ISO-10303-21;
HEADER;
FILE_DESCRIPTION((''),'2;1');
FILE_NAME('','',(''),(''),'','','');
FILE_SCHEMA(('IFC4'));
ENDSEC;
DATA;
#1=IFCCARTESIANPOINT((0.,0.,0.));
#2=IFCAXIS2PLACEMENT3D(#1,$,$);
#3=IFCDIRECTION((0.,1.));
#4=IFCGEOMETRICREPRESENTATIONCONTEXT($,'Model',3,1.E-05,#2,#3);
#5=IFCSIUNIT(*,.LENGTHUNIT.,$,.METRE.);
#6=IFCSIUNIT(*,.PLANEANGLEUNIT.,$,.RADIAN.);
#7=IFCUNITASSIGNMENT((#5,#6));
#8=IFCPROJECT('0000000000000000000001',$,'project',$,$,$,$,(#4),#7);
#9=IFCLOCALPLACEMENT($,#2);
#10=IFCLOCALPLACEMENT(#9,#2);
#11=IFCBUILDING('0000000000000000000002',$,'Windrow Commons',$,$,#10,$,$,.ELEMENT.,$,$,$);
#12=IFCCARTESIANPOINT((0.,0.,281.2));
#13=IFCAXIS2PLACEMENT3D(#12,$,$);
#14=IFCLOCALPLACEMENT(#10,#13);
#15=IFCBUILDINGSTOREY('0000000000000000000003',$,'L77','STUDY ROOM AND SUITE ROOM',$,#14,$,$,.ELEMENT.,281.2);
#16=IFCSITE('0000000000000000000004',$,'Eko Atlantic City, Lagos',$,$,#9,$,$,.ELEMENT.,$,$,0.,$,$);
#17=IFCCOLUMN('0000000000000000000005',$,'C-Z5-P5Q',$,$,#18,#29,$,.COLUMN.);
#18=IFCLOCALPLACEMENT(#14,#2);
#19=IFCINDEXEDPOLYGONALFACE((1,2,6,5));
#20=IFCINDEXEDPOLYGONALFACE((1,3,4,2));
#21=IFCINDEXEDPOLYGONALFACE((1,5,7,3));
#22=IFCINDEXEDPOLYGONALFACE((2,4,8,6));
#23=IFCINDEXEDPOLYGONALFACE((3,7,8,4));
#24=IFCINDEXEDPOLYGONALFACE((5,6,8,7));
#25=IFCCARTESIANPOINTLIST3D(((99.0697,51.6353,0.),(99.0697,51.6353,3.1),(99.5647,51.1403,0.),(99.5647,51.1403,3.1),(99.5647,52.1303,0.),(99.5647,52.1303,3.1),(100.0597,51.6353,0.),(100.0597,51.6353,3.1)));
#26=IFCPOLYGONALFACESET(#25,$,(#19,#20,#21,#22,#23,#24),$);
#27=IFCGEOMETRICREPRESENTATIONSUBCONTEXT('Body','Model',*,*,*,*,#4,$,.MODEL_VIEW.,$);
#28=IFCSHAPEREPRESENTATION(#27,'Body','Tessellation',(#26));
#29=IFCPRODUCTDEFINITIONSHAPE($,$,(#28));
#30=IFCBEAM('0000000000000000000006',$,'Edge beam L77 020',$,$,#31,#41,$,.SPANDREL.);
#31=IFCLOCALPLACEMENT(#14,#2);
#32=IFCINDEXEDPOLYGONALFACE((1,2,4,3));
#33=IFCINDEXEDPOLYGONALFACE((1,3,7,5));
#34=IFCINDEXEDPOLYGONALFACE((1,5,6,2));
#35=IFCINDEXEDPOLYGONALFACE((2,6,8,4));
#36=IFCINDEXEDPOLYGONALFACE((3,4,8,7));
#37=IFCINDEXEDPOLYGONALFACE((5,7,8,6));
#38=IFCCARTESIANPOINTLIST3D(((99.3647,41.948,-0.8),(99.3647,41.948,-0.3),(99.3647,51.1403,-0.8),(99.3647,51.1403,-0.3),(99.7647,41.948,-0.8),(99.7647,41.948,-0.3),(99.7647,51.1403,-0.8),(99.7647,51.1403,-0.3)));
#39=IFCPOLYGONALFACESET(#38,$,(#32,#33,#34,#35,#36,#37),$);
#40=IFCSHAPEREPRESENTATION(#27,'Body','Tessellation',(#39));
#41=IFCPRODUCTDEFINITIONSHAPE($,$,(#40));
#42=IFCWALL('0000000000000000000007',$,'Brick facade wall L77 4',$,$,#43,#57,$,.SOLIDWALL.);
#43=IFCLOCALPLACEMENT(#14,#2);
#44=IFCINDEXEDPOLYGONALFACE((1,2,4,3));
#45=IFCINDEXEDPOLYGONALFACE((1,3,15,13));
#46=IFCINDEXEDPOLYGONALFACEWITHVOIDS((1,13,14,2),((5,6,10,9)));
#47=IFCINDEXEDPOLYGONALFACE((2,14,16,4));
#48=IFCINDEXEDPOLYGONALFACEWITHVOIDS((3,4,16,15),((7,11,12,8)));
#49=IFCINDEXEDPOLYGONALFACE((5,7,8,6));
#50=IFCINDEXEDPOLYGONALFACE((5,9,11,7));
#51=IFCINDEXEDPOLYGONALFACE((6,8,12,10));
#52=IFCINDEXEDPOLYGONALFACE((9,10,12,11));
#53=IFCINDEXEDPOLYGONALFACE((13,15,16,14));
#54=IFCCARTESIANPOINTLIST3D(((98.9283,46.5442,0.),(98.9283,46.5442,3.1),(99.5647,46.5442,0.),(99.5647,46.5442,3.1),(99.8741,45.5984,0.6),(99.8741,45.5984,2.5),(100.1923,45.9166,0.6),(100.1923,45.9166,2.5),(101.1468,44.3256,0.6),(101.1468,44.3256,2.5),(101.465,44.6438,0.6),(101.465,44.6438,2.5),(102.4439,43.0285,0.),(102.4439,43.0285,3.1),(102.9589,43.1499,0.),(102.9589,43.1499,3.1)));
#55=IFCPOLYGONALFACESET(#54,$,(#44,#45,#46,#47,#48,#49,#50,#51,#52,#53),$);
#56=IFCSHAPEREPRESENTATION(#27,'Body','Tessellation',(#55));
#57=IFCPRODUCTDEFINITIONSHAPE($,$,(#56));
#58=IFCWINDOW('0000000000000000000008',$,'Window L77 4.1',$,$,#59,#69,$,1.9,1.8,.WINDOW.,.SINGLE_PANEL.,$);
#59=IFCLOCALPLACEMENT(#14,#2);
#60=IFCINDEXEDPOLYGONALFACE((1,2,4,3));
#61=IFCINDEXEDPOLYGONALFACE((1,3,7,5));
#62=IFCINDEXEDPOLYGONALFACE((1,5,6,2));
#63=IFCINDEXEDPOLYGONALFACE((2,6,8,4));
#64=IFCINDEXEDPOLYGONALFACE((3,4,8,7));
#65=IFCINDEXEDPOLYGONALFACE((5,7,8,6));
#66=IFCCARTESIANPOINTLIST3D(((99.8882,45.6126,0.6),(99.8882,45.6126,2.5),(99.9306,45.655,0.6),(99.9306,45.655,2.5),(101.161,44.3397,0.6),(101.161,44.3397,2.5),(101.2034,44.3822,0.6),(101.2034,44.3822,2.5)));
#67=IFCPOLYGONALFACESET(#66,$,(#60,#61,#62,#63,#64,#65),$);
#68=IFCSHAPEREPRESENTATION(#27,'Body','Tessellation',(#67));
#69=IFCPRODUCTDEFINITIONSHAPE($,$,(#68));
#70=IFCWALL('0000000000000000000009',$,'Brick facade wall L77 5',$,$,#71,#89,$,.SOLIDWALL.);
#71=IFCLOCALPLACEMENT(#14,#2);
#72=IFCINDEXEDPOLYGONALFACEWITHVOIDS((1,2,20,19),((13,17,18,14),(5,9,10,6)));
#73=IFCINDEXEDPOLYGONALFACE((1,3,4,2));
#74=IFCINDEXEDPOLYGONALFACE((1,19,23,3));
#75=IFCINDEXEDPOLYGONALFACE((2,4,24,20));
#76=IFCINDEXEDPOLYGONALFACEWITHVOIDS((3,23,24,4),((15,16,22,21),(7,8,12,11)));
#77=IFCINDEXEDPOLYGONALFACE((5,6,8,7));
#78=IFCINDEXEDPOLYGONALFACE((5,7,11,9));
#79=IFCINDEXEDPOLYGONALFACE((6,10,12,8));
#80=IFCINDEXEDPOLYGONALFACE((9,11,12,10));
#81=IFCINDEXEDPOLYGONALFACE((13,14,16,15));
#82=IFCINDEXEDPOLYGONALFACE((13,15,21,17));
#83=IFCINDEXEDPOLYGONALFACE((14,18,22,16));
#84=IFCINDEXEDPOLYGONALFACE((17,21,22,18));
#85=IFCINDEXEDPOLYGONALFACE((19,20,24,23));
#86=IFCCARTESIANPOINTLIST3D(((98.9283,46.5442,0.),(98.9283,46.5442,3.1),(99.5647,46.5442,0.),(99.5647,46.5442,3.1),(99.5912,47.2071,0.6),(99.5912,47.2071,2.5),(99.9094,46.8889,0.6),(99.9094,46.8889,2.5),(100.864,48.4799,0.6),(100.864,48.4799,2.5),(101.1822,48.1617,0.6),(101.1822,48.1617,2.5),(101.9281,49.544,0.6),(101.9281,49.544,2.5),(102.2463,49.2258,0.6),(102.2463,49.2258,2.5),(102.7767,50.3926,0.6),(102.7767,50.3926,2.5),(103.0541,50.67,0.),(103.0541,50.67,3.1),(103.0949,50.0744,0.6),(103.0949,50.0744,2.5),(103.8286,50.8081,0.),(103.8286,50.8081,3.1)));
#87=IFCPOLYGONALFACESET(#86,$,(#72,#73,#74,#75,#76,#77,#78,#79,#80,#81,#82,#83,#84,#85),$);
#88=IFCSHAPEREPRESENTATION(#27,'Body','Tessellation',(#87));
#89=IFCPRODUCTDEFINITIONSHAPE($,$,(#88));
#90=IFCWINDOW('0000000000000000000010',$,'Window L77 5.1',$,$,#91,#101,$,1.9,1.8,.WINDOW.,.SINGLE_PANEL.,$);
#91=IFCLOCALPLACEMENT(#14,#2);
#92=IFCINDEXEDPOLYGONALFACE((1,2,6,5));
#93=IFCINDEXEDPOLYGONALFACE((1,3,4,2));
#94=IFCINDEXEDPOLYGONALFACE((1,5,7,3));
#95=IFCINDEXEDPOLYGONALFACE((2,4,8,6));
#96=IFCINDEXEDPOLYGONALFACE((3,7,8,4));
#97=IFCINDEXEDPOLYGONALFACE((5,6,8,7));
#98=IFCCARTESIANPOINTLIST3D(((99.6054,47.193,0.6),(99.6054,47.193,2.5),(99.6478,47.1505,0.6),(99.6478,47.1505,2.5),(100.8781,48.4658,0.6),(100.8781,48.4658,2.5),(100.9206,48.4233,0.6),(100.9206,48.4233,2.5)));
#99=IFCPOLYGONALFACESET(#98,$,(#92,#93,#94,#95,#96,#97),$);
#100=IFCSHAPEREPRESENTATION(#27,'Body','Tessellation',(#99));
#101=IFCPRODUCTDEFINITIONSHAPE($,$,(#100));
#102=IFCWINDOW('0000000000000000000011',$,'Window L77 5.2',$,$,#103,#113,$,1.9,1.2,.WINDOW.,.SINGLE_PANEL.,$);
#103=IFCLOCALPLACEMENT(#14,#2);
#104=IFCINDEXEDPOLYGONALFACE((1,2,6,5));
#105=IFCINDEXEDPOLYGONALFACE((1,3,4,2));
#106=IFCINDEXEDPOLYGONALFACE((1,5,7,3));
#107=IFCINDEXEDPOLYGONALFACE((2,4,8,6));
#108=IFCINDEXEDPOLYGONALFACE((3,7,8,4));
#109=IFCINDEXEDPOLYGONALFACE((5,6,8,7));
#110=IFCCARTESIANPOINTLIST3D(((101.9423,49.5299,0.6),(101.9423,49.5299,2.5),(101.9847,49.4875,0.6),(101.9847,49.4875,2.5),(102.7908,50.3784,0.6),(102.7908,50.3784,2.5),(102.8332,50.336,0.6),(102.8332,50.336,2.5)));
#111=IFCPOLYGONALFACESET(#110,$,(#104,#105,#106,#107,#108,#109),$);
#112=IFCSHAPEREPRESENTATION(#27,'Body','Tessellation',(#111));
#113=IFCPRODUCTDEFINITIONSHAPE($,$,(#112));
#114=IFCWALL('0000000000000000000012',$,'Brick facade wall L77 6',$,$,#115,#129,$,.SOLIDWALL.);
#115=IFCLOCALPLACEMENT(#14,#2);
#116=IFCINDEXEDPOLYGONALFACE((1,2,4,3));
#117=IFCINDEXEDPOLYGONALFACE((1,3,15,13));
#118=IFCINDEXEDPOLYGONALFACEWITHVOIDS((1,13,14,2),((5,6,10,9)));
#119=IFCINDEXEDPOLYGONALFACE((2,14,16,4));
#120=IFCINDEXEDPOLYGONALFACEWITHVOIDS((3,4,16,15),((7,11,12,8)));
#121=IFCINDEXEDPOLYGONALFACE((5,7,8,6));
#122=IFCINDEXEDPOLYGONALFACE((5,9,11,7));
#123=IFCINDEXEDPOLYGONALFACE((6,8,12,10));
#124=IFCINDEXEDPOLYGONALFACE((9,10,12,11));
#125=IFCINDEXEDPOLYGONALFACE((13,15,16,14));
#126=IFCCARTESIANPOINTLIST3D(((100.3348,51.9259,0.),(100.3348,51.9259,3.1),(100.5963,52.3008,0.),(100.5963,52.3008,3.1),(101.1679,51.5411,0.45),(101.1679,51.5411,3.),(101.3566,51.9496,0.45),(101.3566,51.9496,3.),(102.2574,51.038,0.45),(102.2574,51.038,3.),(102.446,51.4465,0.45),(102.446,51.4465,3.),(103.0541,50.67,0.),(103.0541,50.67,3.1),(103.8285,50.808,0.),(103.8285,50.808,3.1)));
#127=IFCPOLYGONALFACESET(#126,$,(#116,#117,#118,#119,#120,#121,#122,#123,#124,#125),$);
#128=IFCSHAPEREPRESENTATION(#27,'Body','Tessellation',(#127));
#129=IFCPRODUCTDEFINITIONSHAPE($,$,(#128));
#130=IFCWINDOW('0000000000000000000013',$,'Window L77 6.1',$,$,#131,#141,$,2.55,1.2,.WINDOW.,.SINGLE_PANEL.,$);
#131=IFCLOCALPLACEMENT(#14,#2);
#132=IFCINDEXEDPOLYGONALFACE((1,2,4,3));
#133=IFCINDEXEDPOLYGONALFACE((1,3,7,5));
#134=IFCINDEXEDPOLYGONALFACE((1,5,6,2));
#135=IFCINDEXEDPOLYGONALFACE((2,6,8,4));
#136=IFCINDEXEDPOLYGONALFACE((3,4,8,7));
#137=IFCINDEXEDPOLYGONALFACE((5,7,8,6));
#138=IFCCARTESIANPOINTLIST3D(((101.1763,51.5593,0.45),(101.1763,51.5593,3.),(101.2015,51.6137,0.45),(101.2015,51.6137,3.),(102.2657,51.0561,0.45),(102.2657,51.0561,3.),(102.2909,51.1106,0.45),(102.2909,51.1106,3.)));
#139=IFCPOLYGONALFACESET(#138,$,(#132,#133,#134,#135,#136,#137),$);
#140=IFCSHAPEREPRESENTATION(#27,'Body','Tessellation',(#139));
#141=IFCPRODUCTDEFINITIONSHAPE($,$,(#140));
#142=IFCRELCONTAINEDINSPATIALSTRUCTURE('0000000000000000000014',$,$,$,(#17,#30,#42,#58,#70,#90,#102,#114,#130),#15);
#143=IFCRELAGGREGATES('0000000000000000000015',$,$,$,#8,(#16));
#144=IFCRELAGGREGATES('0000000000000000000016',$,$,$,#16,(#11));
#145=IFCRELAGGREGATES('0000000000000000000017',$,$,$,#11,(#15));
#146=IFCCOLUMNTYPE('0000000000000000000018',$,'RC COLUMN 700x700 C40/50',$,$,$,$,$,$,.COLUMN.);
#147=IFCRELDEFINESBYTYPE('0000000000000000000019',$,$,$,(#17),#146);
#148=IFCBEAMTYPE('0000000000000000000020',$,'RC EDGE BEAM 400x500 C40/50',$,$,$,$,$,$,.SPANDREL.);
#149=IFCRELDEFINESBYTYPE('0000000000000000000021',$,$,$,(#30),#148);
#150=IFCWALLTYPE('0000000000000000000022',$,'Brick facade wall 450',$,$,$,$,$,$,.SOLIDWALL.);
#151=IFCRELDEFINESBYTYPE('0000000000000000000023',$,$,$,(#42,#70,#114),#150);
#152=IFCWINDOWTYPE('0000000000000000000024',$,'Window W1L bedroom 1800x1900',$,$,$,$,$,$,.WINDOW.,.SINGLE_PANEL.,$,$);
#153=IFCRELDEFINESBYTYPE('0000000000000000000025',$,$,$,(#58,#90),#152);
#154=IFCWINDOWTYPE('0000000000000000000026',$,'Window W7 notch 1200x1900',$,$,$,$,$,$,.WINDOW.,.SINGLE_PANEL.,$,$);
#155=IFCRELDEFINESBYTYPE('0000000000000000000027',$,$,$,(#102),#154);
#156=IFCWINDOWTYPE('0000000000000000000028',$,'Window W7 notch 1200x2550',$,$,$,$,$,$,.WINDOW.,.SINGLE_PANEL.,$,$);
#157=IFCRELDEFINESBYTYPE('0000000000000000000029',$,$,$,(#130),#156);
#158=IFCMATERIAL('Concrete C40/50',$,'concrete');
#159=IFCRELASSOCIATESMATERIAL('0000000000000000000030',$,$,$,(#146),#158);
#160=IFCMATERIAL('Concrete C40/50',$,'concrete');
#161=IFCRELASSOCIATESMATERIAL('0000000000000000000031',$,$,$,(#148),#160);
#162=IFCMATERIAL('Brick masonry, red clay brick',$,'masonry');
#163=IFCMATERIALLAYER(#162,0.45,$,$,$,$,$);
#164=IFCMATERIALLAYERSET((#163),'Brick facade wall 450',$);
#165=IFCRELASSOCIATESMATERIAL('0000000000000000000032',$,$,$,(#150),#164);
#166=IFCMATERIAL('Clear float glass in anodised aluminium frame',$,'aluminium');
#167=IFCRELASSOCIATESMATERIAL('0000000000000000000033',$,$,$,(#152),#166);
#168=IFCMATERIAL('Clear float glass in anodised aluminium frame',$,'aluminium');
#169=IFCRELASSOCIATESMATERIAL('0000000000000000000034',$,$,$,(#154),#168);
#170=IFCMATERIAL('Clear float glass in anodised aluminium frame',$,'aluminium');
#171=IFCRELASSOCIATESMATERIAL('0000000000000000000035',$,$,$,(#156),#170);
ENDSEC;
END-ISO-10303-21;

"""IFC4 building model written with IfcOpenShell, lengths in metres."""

from ifc_helpers import new_model, si_unit, direction, frame, frame_2d, origin, origin_2d, place, context, subcontext, project, spatial, polyline, rectangle, outline, extrude, material, layer, layer_set, material_profile, profile_set, type_object, element, fill, save


model = new_model("IFC4")

# Units and contexts
model_context = context("Model", 3, precision=1e-05, world=origin(), true_north=direction((0.0, 1.0)))
body_context = subcontext(model_context, "Body", "Model", "MODEL_VIEW")
ifc_project = project(units=[si_unit("LENGTHUNIT", "METRE"), si_unit("PLANEANGLEUNIT", "RADIAN")], contexts=[model_context])

# Site, building, storey
site_placement = place(None, origin())
site = spatial("IfcSite", under=ifc_project, at=site_placement, Name="Eko Atlantic City, Lagos", CompositionType="ELEMENT", RefElevation=0.0)
building_placement = place(site_placement, origin())
building = spatial("IfcBuilding", under=site, at=building_placement, Name="Windrow Commons", CompositionType="ELEMENT")
storey_placement = place(building_placement, frame((0.0, 0.0, 281.2)))
storey = spatial("IfcBuildingStorey", under=building, at=storey_placement, Name="L77", Description="STUDY ROOM AND SUITE ROOM", CompositionType="ELEMENT", Elevation=281.2)

# Column
ifc_material_1 = material(Name="Concrete C40/50", Category="concrete")
ifc_material_profile_1 = material_profile(ifc_material_1, rectangle(XDim=0.7, YDim=0.7, at=origin_2d()))
ifc_profile_set_1 = profile_set([ifc_material_profile_1], Name="Concrete C40/50")
column_type = type_object("IfcColumnType", Name="RC COLUMN 700x700 C40/50", PredefinedType="COLUMN", material=ifc_profile_set_1)
column_placement = place(storey_placement, frame((99.5647, 51.6353, 0.0), z_axis=(0.0, 0.0, 1.0), x_axis=(0.707107, -0.707107, 0.0)))
element("IfcColumn", 1, at=column_placement, inside=storey, type_object=column_type, Name="C-Z5-P5Q", PredefinedType="COLUMN", context=body_context, shape_type="SweptSolid", body=[
    extrude(rectangle(XDim=0.7, YDim=0.7, at=origin_2d()), origin(), (0.0, 0.0, 1.0), 3.1),
])

# Beam
ifc_material_2 = material(Name="Concrete C40/50", Category="concrete")
ifc_material_profile_2 = material_profile(ifc_material_2, rectangle(XDim=0.4, YDim=0.5, at=origin_2d()))
ifc_profile_set_2 = profile_set([ifc_material_profile_2], Name="Concrete C40/50")
beam_type = type_object("IfcBeamType", Name="RC EDGE BEAM 400x500 C40/50", PredefinedType="SPANDREL", material=ifc_profile_set_2)
beam_placement = place(storey_placement, frame((99.5647, 51.1403, -0.55), z_axis=(0.0, -1.0, 0.0), x_axis=(1.0, 0.0, 0.0)))
element("IfcBeam", 2, at=beam_placement, inside=storey, type_object=beam_type, Name="Edge beam L77 020", PredefinedType="SPANDREL", context=body_context, shape_type="SweptSolid", body=[
    extrude(rectangle(XDim=0.4, YDim=0.5, at=origin_2d()), origin(), (0.0, 0.0, 1.0), 9.1923),
])

# Wall, opening, window
ifc_material_3 = material(Name="Brick masonry, red clay brick", Category="masonry")
ifc_layer_1 = layer(ifc_material_3, 0.45)
ifc_layer_set_1 = layer_set([ifc_layer_1], Name="Brick facade wall 450")
wall_type_1 = type_object("IfcWallType", Name="Brick facade wall 450", PredefinedType="SOLIDWALL", material=ifc_layer_set_1)
wall_1_placement = place(storey_placement, frame((102.7014, 43.0892, 0.0), z_axis=(0.0, 0.0, 1.0), x_axis=(-0.707097, 0.707117, 0.0)))
wall_1 = element("IfcWall", 3, at=wall_1_placement, inside=storey, type_object=wall_type_1, Name="Brick facade wall L77 4", PredefinedType="SOLIDWALL", context=body_context, shape_type="SweptSolid", body=[
    extrude(outline(polyline([(-0.1391, -0.225), (4.661, -0.225), (5.111, 0.225), (0.1391, 0.225), (-0.1391, -0.225)])), origin(), (0.0, 0.0, 1.0), 3.1),
])
opening_1_placement = place(wall_1_placement, frame((1.9735, 0.0, 0.6)))
opening_1 = element("IfcOpeningElement", 4, at=opening_1_placement, cuts=wall_1, PredefinedType="OPENING", context=body_context, shape_type="SweptSolid", body=[
    extrude(rectangle(XDim=1.8, YDim=1.9, at=frame_2d((0.9, 0.95))), frame((0.0, 0.235, 0.0), z_axis=(0.0, -1.0, 0.0), x_axis=(1.0, 0.0, 0.0)), (0.0, 0.0, 1.0), 0.47),
])
ifc_material_4 = material(Name="Clear float glass in anodised aluminium frame", Category="aluminium")
window_type_1 = type_object("IfcWindowType", Name="Window W1L bedroom 1800x1900", PartitioningType="SINGLE_PANEL", PredefinedType="WINDOW", material=ifc_material_4)
window_1_placement = place(opening_1_placement, origin())
window_1 = element("IfcWindow", 5, at=window_1_placement, inside=storey, type_object=window_type_1, Name="Window L77 4.1", OverallHeight=1.9, OverallWidth=1.8, PartitioningType="SINGLE_PANEL", PredefinedType="WINDOW", context=body_context, shape_type="SweptSolid", body=[
    extrude(rectangle(XDim=1.8, YDim=1.9, at=frame_2d((0.9, 0.95))), frame((0.0, 0.205, 0.0), z_axis=(0.0, -1.0, 0.0), x_axis=(1.0, 0.0, 0.0)), (0.0, 0.0, 1.0), 0.06),
])
fill(opening_1, window_1)

# Wall, openings, windows
wall_2_placement = place(storey_placement, frame((99.2465, 46.5442, 0.0), z_axis=(0.0, 0.0, 1.0), x_axis=(0.707107, 0.707107, 0.0)))
wall_2 = element("IfcWall", 6, at=wall_2_placement, inside=storey, type_object=wall_type_1, Name="Brick facade wall L77 5", PredefinedType="SOLIDWALL", context=body_context, shape_type="SweptSolid", body=[
    extrude(outline(polyline([(0.225, -0.225), (6.255, -0.225), (5.6098, 0.225), (-0.225, 0.225), (0.225, -0.225)])), origin(), (0.0, 0.0, 1.0), 3.1),
])
opening_2_placement = place(wall_2_placement, frame((0.7125, 0.0, 0.6)))
opening_2 = element("IfcOpeningElement", 7, at=opening_2_placement, cuts=wall_2, PredefinedType="OPENING", context=body_context, shape_type="SweptSolid", body=[
    extrude(rectangle(XDim=1.8, YDim=1.9, at=frame_2d((0.9, 0.95))), frame((0.0, 0.235, 0.0), z_axis=(0.0, -1.0, 0.0), x_axis=(1.0, 0.0, 0.0)), (0.0, 0.0, 1.0), 0.47),
])
opening_3_placement = place(wall_2_placement, frame((4.0174, 0.0, 0.6)))
opening_3 = element("IfcOpeningElement", 8, at=opening_3_placement, cuts=wall_2, PredefinedType="OPENING", context=body_context, shape_type="SweptSolid", body=[
    extrude(rectangle(XDim=1.2, YDim=1.9, at=frame_2d((0.6, 0.95))), frame((0.0, 0.235, 0.0), z_axis=(0.0, -1.0, 0.0), x_axis=(1.0, 0.0, 0.0)), (0.0, 0.0, 1.0), 0.47),
])
window_2_placement = place(opening_2_placement, origin())
window_2 = element("IfcWindow", 9, at=window_2_placement, inside=storey, type_object=window_type_1, Name="Window L77 5.1", OverallHeight=1.9, OverallWidth=1.8, PartitioningType="SINGLE_PANEL", PredefinedType="WINDOW", context=body_context, shape_type="SweptSolid", body=[
    extrude(rectangle(XDim=1.8, YDim=1.9, at=frame_2d((0.9, 0.95))), frame((0.0, 0.205, 0.0), z_axis=(0.0, -1.0, 0.0), x_axis=(1.0, 0.0, 0.0)), (0.0, 0.0, 1.0), 0.06),
])
fill(opening_2, window_2)
ifc_material_5 = material(Name="Clear float glass in anodised aluminium frame", Category="aluminium")
window_type_2 = type_object("IfcWindowType", Name="Window W7 notch 1200x1900", PartitioningType="SINGLE_PANEL", PredefinedType="WINDOW", material=ifc_material_5)
window_3_placement = place(opening_3_placement, origin())
window_3 = element("IfcWindow", 10, at=window_3_placement, inside=storey, type_object=window_type_2, Name="Window L77 5.2", OverallHeight=1.9, OverallWidth=1.2, PartitioningType="SINGLE_PANEL", PredefinedType="WINDOW", context=body_context, shape_type="SweptSolid", body=[
    extrude(rectangle(XDim=1.2, YDim=1.9, at=frame_2d((0.6, 0.95))), frame((0.0, 0.205, 0.0), z_axis=(0.0, -1.0, 0.0), x_axis=(1.0, 0.0, 0.0)), (0.0, 0.0, 1.0), 0.06),
])
fill(opening_3, window_3)

# Wall, opening, window
wall_3_placement = place(storey_placement, frame((103.4413, 50.739, 0.0), z_axis=(0.0, 0.0, 1.0), x_axis=(-0.907855, 0.419285, 0.0)))
wall_3 = element("IfcWall", 11, at=wall_3_placement, inside=storey, type_object=wall_type_1, Name="Brick facade wall L77 6", PredefinedType="SOLIDWALL", context=body_context, shape_type="SweptSolid", body=[
    extrude(outline(polyline([(-0.3226, -0.225), (3.2377, -0.225), (3.3179, 0.225), (0.3226, 0.225), (-0.3226, -0.225)])), origin(), (0.0, 0.0, 1.0), 3.1),
])
opening_4_placement = place(wall_3_placement, frame((1.2002, 0.0, 0.45)))
opening_4 = element("IfcOpeningElement", 12, at=opening_4_placement, cuts=wall_3, PredefinedType="OPENING", context=body_context, shape_type="SweptSolid", body=[
    extrude(rectangle(XDim=1.2, YDim=2.55, at=frame_2d((0.6, 1.275))), frame((0.0, 0.235, 0.0), z_axis=(0.0, -1.0, 0.0), x_axis=(1.0, 0.0, 0.0)), (0.0, 0.0, 1.0), 0.47),
])
ifc_material_6 = material(Name="Clear float glass in anodised aluminium frame", Category="aluminium")
window_type_3 = type_object("IfcWindowType", Name="Window W7 notch 1200x2550", PartitioningType="SINGLE_PANEL", PredefinedType="WINDOW", material=ifc_material_6)
window_4_placement = place(opening_4_placement, origin())
window_4 = element("IfcWindow", 13, at=window_4_placement, inside=storey, type_object=window_type_3, Name="Window L77 6.1", OverallHeight=2.55, OverallWidth=1.2, PartitioningType="SINGLE_PANEL", PredefinedType="WINDOW", context=body_context, shape_type="SweptSolid", body=[
    extrude(rectangle(XDim=1.2, YDim=2.55, at=frame_2d((0.6, 1.275))), frame((0.0, 0.205, 0.0), z_axis=(0.0, -1.0, 0.0), x_axis=(1.0, 0.0, 0.0)), (0.0, 0.0, 1.0), 0.06),
])
fill(opening_4, window_4)

save(model, "model.ifc")
